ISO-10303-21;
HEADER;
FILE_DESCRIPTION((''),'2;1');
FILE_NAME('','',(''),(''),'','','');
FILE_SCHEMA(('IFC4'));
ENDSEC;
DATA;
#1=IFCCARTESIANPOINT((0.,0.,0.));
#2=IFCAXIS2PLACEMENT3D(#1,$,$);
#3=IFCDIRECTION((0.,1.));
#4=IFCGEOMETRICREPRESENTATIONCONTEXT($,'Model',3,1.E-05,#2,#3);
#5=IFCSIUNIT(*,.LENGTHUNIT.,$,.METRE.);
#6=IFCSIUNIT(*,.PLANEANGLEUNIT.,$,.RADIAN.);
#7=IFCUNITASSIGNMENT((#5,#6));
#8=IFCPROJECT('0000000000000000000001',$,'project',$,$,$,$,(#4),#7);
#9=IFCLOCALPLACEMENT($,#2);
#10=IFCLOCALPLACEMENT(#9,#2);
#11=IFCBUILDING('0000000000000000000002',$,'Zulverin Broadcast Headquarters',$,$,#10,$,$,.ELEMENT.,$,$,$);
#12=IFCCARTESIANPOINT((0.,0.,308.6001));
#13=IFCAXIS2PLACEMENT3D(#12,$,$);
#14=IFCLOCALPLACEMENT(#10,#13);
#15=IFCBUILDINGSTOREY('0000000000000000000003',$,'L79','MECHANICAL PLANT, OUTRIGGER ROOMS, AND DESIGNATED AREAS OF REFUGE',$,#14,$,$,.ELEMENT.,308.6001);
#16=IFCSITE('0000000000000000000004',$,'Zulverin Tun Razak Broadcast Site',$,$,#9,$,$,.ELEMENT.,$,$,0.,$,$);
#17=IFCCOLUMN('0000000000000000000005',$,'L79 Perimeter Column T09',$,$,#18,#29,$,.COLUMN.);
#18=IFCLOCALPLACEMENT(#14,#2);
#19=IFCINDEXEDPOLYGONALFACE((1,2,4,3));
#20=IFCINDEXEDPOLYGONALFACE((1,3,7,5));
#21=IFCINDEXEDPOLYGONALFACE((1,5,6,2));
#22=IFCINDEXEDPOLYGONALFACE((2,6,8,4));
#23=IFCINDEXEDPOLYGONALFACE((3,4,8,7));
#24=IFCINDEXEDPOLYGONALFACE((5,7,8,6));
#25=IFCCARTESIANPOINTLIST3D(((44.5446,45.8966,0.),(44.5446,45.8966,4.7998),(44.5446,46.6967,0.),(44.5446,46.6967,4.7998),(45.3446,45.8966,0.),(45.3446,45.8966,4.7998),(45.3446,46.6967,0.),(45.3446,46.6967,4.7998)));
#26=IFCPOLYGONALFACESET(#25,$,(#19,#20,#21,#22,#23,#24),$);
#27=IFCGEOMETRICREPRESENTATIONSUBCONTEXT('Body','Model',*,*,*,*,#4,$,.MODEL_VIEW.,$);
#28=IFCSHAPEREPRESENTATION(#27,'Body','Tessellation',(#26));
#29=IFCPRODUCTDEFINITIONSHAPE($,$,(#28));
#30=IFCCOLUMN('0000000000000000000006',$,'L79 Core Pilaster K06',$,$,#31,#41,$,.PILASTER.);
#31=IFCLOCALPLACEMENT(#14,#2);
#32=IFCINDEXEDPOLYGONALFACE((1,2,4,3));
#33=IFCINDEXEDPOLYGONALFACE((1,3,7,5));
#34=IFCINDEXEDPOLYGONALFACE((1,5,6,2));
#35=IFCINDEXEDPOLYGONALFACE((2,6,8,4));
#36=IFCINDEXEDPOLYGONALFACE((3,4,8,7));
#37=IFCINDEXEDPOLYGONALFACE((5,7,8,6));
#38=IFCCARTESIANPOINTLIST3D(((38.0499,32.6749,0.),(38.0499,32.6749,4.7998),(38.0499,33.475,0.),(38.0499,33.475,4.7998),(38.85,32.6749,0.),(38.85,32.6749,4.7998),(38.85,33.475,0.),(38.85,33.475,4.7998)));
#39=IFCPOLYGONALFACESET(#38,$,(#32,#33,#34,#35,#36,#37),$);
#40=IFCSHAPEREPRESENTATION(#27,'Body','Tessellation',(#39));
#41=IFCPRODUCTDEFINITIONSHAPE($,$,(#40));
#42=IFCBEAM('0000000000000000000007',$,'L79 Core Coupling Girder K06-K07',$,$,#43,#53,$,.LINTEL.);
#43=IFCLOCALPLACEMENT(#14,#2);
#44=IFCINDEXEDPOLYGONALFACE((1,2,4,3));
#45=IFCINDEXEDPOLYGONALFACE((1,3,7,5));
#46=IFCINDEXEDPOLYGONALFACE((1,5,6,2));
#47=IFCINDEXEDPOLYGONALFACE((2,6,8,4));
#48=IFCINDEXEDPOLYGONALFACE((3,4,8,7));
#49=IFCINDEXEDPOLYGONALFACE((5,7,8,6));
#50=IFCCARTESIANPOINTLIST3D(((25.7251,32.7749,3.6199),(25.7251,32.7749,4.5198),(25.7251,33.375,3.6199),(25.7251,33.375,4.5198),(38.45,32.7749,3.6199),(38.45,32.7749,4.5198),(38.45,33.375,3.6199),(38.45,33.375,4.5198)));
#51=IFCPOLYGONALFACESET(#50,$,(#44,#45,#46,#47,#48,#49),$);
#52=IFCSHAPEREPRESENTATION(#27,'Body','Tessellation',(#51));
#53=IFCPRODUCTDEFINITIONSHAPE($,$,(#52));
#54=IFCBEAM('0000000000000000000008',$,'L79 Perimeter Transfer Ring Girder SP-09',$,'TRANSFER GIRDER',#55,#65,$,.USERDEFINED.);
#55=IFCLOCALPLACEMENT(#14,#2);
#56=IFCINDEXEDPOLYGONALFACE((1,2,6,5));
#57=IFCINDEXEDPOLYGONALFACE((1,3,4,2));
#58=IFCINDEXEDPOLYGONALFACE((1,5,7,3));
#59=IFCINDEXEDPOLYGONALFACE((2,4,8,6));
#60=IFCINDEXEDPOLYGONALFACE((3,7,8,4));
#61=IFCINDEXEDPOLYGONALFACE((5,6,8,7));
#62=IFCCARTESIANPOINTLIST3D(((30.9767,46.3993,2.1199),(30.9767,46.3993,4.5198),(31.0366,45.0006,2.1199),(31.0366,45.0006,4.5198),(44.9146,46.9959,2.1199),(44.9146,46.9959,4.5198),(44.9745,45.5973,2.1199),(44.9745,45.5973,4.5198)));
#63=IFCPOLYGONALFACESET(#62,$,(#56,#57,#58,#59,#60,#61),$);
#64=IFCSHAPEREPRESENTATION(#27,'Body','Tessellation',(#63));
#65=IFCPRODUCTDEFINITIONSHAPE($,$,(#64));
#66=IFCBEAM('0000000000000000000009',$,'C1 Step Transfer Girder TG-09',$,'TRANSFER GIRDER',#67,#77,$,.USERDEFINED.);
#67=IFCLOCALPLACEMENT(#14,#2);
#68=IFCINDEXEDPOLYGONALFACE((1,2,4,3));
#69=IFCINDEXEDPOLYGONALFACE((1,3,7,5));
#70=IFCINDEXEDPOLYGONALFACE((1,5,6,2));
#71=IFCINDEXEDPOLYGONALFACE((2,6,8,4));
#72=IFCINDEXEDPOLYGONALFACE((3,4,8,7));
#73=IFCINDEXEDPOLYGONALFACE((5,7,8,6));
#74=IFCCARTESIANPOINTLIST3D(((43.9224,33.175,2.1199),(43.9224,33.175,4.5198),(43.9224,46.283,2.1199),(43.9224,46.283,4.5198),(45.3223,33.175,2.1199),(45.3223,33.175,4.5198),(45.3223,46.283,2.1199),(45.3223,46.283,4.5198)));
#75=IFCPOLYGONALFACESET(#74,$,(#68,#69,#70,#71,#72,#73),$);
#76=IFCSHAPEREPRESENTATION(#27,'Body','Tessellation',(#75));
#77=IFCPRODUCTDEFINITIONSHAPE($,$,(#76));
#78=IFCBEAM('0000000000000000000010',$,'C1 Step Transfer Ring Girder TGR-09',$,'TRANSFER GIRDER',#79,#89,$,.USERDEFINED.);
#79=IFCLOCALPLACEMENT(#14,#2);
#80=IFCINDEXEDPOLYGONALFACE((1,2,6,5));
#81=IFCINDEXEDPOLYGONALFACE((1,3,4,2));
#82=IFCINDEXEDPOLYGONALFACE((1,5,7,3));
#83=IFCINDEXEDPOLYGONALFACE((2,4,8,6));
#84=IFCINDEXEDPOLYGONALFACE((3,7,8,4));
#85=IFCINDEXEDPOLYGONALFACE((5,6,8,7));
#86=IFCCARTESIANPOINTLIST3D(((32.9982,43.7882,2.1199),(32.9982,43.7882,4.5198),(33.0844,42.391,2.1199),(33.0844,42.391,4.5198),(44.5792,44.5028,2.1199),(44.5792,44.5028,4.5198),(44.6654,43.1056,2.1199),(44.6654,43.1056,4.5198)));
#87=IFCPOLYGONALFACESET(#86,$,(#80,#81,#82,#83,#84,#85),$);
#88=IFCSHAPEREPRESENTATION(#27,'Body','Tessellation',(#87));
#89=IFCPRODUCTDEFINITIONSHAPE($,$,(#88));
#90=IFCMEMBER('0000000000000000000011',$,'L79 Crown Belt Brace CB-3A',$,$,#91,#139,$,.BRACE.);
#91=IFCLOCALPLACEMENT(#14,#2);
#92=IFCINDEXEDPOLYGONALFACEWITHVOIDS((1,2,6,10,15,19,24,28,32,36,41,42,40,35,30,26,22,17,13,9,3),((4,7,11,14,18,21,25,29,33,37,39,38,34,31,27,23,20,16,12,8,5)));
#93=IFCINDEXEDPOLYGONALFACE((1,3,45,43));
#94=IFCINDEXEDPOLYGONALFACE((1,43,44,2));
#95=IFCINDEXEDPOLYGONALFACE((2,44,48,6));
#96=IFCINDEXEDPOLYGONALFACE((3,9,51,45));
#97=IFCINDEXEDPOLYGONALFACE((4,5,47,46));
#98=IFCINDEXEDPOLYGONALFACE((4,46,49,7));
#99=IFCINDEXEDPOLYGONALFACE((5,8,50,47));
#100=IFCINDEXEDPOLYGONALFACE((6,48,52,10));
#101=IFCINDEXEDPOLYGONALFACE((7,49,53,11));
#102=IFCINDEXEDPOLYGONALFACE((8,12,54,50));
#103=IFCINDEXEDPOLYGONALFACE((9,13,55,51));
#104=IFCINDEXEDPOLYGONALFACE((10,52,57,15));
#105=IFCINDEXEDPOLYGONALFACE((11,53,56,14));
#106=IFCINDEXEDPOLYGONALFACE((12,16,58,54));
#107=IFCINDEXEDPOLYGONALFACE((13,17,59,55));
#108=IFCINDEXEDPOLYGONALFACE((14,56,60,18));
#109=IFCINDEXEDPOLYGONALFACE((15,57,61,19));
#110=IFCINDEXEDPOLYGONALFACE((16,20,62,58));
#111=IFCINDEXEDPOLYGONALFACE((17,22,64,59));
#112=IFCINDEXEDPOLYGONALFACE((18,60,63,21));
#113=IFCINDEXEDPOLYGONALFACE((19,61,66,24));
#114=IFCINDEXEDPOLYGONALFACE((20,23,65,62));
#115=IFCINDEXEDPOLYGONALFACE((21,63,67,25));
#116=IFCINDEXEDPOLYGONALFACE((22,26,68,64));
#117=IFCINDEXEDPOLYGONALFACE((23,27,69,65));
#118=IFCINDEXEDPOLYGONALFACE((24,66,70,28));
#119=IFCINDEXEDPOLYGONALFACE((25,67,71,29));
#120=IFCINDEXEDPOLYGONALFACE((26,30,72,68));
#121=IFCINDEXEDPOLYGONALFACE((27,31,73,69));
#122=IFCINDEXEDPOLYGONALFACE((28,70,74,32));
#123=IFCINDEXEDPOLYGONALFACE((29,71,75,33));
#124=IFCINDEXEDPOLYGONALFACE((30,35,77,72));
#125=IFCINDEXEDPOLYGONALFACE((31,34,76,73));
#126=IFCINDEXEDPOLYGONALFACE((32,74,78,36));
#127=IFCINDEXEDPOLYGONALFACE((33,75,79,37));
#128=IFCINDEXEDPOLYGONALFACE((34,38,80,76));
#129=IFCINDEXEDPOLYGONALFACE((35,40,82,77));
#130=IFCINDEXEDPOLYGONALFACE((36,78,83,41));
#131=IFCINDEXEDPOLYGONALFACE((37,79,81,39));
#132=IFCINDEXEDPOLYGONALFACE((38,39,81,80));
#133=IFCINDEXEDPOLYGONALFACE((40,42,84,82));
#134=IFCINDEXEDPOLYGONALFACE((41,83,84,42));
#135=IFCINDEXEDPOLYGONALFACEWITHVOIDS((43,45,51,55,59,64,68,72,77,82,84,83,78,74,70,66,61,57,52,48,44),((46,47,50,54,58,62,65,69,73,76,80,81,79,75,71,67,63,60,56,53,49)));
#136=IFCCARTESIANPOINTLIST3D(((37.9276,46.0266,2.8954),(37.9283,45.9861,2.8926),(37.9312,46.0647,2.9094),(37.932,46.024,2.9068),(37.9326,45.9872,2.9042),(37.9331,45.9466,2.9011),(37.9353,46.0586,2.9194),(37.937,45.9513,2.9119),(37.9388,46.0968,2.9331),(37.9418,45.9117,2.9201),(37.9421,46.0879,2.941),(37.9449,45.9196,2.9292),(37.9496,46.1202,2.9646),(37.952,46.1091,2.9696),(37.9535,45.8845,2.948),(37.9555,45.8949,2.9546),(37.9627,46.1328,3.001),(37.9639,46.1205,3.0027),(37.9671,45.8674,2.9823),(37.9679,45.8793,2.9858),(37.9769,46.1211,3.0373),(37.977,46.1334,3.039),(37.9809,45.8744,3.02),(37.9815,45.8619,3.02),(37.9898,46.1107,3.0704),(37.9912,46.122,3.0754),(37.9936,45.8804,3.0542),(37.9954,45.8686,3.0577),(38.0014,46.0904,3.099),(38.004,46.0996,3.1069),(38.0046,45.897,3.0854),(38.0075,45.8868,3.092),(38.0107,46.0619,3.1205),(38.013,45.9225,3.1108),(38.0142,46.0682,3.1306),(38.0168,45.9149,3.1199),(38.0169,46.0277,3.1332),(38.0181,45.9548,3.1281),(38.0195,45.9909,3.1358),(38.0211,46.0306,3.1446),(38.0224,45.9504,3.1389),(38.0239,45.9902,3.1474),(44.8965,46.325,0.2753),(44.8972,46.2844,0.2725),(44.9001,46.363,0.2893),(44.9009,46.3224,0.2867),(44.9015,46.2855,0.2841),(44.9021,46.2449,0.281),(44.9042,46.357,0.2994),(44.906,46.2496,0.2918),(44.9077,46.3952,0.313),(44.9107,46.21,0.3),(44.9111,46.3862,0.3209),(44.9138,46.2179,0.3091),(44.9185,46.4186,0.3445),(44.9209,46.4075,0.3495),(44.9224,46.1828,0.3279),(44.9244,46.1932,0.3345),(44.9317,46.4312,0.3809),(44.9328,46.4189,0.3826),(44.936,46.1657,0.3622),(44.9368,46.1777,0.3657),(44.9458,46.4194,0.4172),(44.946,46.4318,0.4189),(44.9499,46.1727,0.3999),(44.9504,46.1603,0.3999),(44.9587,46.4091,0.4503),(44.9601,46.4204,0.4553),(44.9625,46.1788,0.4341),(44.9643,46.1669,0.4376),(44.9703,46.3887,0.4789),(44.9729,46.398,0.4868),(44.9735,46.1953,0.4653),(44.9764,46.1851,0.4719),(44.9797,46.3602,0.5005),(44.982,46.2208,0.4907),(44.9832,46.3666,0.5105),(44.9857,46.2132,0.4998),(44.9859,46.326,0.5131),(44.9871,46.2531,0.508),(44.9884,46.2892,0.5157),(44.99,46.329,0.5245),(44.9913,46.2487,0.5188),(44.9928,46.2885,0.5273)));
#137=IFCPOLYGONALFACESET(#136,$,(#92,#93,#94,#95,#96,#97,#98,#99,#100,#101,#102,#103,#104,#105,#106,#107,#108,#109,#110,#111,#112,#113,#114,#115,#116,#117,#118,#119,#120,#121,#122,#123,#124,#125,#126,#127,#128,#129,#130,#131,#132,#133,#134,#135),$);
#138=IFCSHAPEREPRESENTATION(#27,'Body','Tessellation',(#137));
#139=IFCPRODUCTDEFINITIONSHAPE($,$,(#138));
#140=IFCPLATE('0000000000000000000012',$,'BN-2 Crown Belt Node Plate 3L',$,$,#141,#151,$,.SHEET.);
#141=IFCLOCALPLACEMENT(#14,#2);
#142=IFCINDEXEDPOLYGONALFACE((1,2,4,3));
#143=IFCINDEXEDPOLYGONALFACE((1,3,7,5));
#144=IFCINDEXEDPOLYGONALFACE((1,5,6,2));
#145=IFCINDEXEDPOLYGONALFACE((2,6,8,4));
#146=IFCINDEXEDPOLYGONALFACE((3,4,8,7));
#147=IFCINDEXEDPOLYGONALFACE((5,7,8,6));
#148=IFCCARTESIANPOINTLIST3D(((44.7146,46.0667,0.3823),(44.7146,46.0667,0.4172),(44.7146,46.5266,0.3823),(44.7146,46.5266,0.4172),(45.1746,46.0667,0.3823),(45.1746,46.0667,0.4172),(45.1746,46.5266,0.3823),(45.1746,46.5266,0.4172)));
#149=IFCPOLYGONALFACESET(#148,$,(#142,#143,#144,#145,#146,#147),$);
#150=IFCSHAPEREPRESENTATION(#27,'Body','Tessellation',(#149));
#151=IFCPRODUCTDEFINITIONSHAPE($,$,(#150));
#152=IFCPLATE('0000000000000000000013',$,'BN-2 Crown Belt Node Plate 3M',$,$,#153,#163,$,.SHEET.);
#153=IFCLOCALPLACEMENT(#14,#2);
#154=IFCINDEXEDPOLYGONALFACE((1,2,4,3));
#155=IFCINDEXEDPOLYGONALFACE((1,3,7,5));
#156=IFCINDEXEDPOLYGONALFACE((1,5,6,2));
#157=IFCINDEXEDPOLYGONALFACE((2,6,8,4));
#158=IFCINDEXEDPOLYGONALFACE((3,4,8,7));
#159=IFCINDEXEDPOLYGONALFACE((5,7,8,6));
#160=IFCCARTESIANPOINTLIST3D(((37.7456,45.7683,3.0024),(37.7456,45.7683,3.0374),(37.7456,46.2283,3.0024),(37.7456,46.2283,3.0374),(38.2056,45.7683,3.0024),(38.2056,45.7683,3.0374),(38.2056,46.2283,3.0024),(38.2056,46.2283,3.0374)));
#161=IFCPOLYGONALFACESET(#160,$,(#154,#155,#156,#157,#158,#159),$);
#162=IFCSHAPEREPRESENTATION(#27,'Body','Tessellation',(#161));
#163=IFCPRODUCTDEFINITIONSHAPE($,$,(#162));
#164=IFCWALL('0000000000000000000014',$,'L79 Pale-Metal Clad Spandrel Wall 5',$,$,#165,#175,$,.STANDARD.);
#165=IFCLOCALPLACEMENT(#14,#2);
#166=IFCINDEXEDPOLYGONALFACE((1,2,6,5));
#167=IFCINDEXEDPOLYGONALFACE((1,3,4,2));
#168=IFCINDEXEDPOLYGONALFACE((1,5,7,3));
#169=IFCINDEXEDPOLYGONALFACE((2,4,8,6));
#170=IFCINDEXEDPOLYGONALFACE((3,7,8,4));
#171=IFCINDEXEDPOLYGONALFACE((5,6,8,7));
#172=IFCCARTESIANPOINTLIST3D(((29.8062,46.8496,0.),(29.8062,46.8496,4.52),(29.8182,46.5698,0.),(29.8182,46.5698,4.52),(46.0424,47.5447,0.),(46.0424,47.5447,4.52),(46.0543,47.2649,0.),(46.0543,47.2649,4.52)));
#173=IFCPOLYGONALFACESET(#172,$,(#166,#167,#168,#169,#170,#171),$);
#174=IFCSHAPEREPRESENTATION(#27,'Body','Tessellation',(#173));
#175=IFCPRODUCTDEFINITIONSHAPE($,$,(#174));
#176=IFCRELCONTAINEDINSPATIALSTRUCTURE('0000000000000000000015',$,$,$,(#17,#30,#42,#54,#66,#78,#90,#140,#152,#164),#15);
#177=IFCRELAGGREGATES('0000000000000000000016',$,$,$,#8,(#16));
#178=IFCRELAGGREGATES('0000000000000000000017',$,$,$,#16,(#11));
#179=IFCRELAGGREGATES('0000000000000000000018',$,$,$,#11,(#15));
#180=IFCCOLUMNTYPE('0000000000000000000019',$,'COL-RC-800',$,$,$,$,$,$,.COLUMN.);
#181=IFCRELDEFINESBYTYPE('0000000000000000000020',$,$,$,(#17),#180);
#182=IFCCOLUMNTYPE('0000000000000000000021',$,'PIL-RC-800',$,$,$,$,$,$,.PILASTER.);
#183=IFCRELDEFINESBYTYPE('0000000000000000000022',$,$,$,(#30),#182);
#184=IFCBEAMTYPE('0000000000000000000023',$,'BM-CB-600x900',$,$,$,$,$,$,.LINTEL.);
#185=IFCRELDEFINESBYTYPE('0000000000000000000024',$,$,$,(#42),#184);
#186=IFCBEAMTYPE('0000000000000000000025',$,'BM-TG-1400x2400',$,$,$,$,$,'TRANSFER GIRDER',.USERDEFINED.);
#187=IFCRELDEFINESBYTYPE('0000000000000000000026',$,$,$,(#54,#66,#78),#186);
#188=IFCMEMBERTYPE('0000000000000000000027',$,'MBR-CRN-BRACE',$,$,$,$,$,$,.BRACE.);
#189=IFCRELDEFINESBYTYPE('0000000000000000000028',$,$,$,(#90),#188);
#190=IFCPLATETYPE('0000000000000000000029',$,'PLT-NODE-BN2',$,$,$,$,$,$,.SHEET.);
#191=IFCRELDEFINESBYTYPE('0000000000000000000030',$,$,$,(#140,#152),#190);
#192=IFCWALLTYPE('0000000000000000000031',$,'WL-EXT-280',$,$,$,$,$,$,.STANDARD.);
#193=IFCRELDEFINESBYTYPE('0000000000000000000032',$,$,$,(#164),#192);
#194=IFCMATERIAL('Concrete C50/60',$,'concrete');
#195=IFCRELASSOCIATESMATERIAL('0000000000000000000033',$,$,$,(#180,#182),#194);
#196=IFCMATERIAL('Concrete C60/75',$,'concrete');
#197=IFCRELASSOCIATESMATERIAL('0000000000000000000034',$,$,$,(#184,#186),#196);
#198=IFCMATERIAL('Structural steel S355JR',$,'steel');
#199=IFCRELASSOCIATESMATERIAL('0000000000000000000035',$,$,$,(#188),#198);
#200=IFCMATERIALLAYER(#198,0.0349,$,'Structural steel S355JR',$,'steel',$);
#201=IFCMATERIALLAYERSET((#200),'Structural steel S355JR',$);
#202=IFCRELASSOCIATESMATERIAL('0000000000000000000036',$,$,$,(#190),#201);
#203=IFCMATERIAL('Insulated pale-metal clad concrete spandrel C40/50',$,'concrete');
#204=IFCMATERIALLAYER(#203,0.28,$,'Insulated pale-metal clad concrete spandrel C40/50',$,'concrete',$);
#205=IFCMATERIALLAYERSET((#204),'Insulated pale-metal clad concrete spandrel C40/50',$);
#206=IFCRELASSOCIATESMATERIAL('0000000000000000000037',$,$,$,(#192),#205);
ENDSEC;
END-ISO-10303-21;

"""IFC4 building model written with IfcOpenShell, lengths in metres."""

from ifc_helpers import new_model, si_unit, direction, frame, frame_2d, origin, origin_2d, place, context, subcontext, project, spatial, rectangle, hollow_circle, extrude, material, layer, layer_set, material_profile, profile_set, type_object, element, save


model = new_model("IFC4")

# Units and contexts
model_context = context("Model", 3, precision=1e-05, world=origin(), true_north=direction((0.0, 1.0)))
body_context = subcontext(model_context, "Body", "Model", "MODEL_VIEW")
ifc_project = project(units=[si_unit("LENGTHUNIT", "METRE"), si_unit("PLANEANGLEUNIT", "RADIAN")], contexts=[model_context])

# Site, building, storey
site_placement = place(None, origin())
site = spatial("IfcSite", under=ifc_project, at=site_placement, Name="Zulverin Tun Razak Broadcast Site", CompositionType="ELEMENT", RefElevation=0.0)
building_placement = place(site_placement, origin())
building = spatial("IfcBuilding", under=site, at=building_placement, Name="Zulverin Broadcast Headquarters", CompositionType="ELEMENT")
storey_placement = place(building_placement, frame((0.0, 0.0, 308.6001)))
storey = spatial("IfcBuildingStorey", under=building, at=storey_placement, Name="L79", Description="MECHANICAL PLANT, OUTRIGGER ROOMS, AND DESIGNATED AREAS OF REFUGE", CompositionType="ELEMENT", Elevation=308.6001)

# Columns
ifc_material_1 = material(Name="Concrete C50/60", Category="concrete")
ifc_material_profile_1 = material_profile(ifc_material_1, rectangle(XDim=0.8, YDim=0.8, at=origin_2d()), Name="Concrete C50/60", Category="concrete")
ifc_profile_set_1 = profile_set([ifc_material_profile_1], Name="Concrete C50/60")
column_type_1 = type_object("IfcColumnType", Name="COL-RC-800", PredefinedType="COLUMN", material=ifc_profile_set_1)
column_1_placement = place(storey_placement, frame((44.9446, 46.2966, 0.0), z_axis=(0.0, 0.0, 1.0), x_axis=(1.0, 0.0, 0.0)))
element("IfcColumn", 1, at=column_1_placement, inside=storey, type_object=column_type_1, Name="L79 Perimeter Column T09", PredefinedType="COLUMN", context=body_context, shape_type="SweptSolid", body=[
    extrude(rectangle(XDim=0.8, YDim=0.8, at=origin_2d()), origin(), (0.0, 0.0, 1.0), 4.7998),
])
ifc_material_profile_2 = material_profile(ifc_material_1, rectangle(XDim=0.8, YDim=0.8, at=origin_2d()), Name="Concrete C50/60", Category="concrete")
ifc_profile_set_2 = profile_set([ifc_material_profile_2], Name="Concrete C50/60")
column_type_2 = type_object("IfcColumnType", Name="PIL-RC-800", PredefinedType="PILASTER", material=ifc_profile_set_2)
column_2_placement = place(storey_placement, frame((38.45, 33.075, 0.0), z_axis=(0.0, 0.0, 1.0), x_axis=(1.0, 0.0, 0.0)))
element("IfcColumn", 2, at=column_2_placement, inside=storey, type_object=column_type_2, Name="L79 Core Pilaster K06", PredefinedType="PILASTER", context=body_context, shape_type="SweptSolid", body=[
    extrude(rectangle(XDim=0.8, YDim=0.8, at=origin_2d()), origin(), (0.0, 0.0, 1.0), 4.7998),
])

# Beams
ifc_material_2 = material(Name="Concrete C60/75", Category="concrete")
ifc_material_profile_3 = material_profile(ifc_material_2, rectangle(XDim=0.6001, YDim=0.8999, at=origin_2d()), Name="Concrete C60/75", Category="concrete")
ifc_profile_set_3 = profile_set([ifc_material_profile_3], Name="Concrete C60/75")
beam_type_1 = type_object("IfcBeamType", Name="BM-CB-600x900", PredefinedType="LINTEL", material=ifc_profile_set_3)
beam_1_placement = place(storey_placement, frame((38.45, 33.075, 4.0698), z_axis=(-1.0, 0.0, 0.0), x_axis=(0.0, -1.0, 0.0)))
element("IfcBeam", 3, at=beam_1_placement, inside=storey, type_object=beam_type_1, Name="L79 Core Coupling Girder K06-K07", PredefinedType="LINTEL", context=body_context, shape_type="SweptSolid", body=[
    extrude(rectangle(XDim=0.6001, YDim=0.8999, at=origin_2d()), origin(), (0.0, 0.0, 1.0), 12.7249),
])
ifc_material_profile_4 = material_profile(ifc_material_2, rectangle(XDim=1.3999, YDim=2.3999, at=origin_2d()), Name="Concrete C60/75", Category="concrete")
ifc_profile_set_4 = profile_set([ifc_material_profile_4], Name="Concrete C60/75")
beam_type_2 = type_object("IfcBeamType", Name="BM-TG-1400x2400", ElementType="TRANSFER GIRDER", PredefinedType="USERDEFINED", material=ifc_profile_set_4)
beam_2_placement = place(storey_placement, frame((44.9446, 46.2966, 3.3198), z_axis=(-0.999085, -0.04277, 0.0), x_axis=(0.04277, -0.999085, 0.0)))
element("IfcBeam", 4, at=beam_2_placement, inside=storey, type_object=beam_type_2, Name="L79 Perimeter Transfer Ring Girder SP-09", ObjectType="TRANSFER GIRDER", PredefinedType="USERDEFINED", context=body_context, shape_type="SweptSolid", body=[
    extrude(rectangle(XDim=1.3999, YDim=2.3999, at=origin_2d()), origin(), (0.0, 0.0, 1.0), 13.9507),
])
beam_3_placement = place(storey_placement, frame((44.6223, 33.175, 3.3198), z_axis=(0.0, 1.0, 0.0), x_axis=(-1.0, 0.0, 0.0)))
element("IfcBeam", 5, at=beam_3_placement, inside=storey, type_object=beam_type_2, Name="C1 Step Transfer Girder TG-09", ObjectType="TRANSFER GIRDER", PredefinedType="USERDEFINED", context=body_context, shape_type="SweptSolid", body=[
    extrude(rectangle(XDim=1.3999, YDim=2.3999, at=origin_2d()), origin(), (0.0, 0.0, 1.0), 13.1079),
])
beam_4_placement = place(storey_placement, frame((44.6223, 43.8042, 3.3198), z_axis=(-0.998102, -0.061587, 0.0), x_axis=(0.061587, -0.998102, 0.0)))
element("IfcBeam", 6, at=beam_4_placement, inside=storey, type_object=beam_type_2, Name="C1 Step Transfer Ring Girder TGR-09", ObjectType="TRANSFER GIRDER", PredefinedType="USERDEFINED", context=body_context, shape_type="SweptSolid", body=[
    extrude(rectangle(XDim=1.3999, YDim=2.3999, at=origin_2d()), origin(), (0.0, 0.0, 1.0), 11.603),
])

# Member
ifc_material_3 = material(Name="Structural steel S355JR", Category="steel")
ifc_material_profile_5 = material_profile(ifc_material_3, hollow_circle(Radius=0.1365, WallThickness=0.0125, at=origin_2d()), Name="Structural steel S355JR", Category="steel")
ifc_profile_set_5 = profile_set([ifc_material_profile_5], Name="Structural steel S355JR")
member_type = type_object("IfcMemberType", Name="MBR-CRN-BRACE", PredefinedType="BRACE", material=ifc_profile_set_5)
member_placement = place(storey_placement, frame((44.9446, 46.2966, 0.3999), z_axis=(-0.93528, -0.040039, 0.351635), x_axis=(0.04277, -0.999085, 0.0)))
element("IfcMember", 7, at=member_placement, inside=storey, type_object=member_type, Name="L79 Crown Belt Brace CB-3A", PredefinedType="BRACE", context=body_context, shape_type="SweptSolid", body=[
    extrude(hollow_circle(Radius=0.1365, WallThickness=0.0125, at=origin_2d()), origin(), (0.0, 0.0, 1.0), 7.4512),
])

# Plates
ifc_layer_1 = layer(ifc_material_3, 0.0349, Name="Structural steel S355JR", Category="steel")
ifc_layer_set_1 = layer_set([ifc_layer_1], Name="Structural steel S355JR")
plate_type = type_object("IfcPlateType", Name="PLT-NODE-BN2", PredefinedType="SHEET", material=ifc_layer_set_1)
for number, where, z_axis, x_axis, name in (
    (8, (44.9446, 46.2966, 0.3823), (0.0, 0.0, 1.0), (1.0, 0.0, 0.0), "BN-2 Crown Belt Node Plate 3L"),
    (9, (37.9756, 45.9983, 3.0024), (0.0, 0.0, 1.0), (1.0, 0.0, 0.0), "BN-2 Crown Belt Node Plate 3M"),
):
    element("IfcPlate", number, at=place(storey_placement, frame(where, z_axis=z_axis, x_axis=x_axis)), inside=storey, type_object=plate_type, Name=name, PredefinedType="SHEET", context=body_context, shape_type="SweptSolid", body=[
        extrude(rectangle(XDim=0.46, YDim=0.46, at=origin_2d()), origin(), (0.0, 0.0, 1.0), 0.0349),
    ])

# Wall
ifc_material_4 = material(Name="Insulated pale-metal clad concrete spandrel C40/50", Category="concrete")
ifc_layer_2 = layer(ifc_material_4, 0.28, Name="Insulated pale-metal clad concrete spandrel C40/50", Category="concrete")
ifc_layer_set_2 = layer_set([ifc_layer_2], Name="Insulated pale-metal clad concrete spandrel C40/50")
wall_type_1 = type_object("IfcWallType", Name="WL-EXT-280", PredefinedType="STANDARD", material=ifc_layer_set_2)
wall_1_placement = place(storey_placement, frame((46.0483, 47.4048, 0.0), z_axis=(0.0, 0.0, 1.0), x_axis=(-0.999085, -0.042771, 0.0)))
element("IfcWall", 10, at=wall_1_placement, inside=storey, type_object=wall_type_1, Name="L79 Pale-Metal Clad Spandrel Wall 5", PredefinedType="STANDARD", context=body_context, shape_type="SweptSolid", body=[
    extrude(rectangle(XDim=16.251, YDim=0.28, at=frame_2d((8.1255, 0.0))), origin(), (0.0, 0.0, 1.0), 4.52),
])

save(model, "model.ifc")
